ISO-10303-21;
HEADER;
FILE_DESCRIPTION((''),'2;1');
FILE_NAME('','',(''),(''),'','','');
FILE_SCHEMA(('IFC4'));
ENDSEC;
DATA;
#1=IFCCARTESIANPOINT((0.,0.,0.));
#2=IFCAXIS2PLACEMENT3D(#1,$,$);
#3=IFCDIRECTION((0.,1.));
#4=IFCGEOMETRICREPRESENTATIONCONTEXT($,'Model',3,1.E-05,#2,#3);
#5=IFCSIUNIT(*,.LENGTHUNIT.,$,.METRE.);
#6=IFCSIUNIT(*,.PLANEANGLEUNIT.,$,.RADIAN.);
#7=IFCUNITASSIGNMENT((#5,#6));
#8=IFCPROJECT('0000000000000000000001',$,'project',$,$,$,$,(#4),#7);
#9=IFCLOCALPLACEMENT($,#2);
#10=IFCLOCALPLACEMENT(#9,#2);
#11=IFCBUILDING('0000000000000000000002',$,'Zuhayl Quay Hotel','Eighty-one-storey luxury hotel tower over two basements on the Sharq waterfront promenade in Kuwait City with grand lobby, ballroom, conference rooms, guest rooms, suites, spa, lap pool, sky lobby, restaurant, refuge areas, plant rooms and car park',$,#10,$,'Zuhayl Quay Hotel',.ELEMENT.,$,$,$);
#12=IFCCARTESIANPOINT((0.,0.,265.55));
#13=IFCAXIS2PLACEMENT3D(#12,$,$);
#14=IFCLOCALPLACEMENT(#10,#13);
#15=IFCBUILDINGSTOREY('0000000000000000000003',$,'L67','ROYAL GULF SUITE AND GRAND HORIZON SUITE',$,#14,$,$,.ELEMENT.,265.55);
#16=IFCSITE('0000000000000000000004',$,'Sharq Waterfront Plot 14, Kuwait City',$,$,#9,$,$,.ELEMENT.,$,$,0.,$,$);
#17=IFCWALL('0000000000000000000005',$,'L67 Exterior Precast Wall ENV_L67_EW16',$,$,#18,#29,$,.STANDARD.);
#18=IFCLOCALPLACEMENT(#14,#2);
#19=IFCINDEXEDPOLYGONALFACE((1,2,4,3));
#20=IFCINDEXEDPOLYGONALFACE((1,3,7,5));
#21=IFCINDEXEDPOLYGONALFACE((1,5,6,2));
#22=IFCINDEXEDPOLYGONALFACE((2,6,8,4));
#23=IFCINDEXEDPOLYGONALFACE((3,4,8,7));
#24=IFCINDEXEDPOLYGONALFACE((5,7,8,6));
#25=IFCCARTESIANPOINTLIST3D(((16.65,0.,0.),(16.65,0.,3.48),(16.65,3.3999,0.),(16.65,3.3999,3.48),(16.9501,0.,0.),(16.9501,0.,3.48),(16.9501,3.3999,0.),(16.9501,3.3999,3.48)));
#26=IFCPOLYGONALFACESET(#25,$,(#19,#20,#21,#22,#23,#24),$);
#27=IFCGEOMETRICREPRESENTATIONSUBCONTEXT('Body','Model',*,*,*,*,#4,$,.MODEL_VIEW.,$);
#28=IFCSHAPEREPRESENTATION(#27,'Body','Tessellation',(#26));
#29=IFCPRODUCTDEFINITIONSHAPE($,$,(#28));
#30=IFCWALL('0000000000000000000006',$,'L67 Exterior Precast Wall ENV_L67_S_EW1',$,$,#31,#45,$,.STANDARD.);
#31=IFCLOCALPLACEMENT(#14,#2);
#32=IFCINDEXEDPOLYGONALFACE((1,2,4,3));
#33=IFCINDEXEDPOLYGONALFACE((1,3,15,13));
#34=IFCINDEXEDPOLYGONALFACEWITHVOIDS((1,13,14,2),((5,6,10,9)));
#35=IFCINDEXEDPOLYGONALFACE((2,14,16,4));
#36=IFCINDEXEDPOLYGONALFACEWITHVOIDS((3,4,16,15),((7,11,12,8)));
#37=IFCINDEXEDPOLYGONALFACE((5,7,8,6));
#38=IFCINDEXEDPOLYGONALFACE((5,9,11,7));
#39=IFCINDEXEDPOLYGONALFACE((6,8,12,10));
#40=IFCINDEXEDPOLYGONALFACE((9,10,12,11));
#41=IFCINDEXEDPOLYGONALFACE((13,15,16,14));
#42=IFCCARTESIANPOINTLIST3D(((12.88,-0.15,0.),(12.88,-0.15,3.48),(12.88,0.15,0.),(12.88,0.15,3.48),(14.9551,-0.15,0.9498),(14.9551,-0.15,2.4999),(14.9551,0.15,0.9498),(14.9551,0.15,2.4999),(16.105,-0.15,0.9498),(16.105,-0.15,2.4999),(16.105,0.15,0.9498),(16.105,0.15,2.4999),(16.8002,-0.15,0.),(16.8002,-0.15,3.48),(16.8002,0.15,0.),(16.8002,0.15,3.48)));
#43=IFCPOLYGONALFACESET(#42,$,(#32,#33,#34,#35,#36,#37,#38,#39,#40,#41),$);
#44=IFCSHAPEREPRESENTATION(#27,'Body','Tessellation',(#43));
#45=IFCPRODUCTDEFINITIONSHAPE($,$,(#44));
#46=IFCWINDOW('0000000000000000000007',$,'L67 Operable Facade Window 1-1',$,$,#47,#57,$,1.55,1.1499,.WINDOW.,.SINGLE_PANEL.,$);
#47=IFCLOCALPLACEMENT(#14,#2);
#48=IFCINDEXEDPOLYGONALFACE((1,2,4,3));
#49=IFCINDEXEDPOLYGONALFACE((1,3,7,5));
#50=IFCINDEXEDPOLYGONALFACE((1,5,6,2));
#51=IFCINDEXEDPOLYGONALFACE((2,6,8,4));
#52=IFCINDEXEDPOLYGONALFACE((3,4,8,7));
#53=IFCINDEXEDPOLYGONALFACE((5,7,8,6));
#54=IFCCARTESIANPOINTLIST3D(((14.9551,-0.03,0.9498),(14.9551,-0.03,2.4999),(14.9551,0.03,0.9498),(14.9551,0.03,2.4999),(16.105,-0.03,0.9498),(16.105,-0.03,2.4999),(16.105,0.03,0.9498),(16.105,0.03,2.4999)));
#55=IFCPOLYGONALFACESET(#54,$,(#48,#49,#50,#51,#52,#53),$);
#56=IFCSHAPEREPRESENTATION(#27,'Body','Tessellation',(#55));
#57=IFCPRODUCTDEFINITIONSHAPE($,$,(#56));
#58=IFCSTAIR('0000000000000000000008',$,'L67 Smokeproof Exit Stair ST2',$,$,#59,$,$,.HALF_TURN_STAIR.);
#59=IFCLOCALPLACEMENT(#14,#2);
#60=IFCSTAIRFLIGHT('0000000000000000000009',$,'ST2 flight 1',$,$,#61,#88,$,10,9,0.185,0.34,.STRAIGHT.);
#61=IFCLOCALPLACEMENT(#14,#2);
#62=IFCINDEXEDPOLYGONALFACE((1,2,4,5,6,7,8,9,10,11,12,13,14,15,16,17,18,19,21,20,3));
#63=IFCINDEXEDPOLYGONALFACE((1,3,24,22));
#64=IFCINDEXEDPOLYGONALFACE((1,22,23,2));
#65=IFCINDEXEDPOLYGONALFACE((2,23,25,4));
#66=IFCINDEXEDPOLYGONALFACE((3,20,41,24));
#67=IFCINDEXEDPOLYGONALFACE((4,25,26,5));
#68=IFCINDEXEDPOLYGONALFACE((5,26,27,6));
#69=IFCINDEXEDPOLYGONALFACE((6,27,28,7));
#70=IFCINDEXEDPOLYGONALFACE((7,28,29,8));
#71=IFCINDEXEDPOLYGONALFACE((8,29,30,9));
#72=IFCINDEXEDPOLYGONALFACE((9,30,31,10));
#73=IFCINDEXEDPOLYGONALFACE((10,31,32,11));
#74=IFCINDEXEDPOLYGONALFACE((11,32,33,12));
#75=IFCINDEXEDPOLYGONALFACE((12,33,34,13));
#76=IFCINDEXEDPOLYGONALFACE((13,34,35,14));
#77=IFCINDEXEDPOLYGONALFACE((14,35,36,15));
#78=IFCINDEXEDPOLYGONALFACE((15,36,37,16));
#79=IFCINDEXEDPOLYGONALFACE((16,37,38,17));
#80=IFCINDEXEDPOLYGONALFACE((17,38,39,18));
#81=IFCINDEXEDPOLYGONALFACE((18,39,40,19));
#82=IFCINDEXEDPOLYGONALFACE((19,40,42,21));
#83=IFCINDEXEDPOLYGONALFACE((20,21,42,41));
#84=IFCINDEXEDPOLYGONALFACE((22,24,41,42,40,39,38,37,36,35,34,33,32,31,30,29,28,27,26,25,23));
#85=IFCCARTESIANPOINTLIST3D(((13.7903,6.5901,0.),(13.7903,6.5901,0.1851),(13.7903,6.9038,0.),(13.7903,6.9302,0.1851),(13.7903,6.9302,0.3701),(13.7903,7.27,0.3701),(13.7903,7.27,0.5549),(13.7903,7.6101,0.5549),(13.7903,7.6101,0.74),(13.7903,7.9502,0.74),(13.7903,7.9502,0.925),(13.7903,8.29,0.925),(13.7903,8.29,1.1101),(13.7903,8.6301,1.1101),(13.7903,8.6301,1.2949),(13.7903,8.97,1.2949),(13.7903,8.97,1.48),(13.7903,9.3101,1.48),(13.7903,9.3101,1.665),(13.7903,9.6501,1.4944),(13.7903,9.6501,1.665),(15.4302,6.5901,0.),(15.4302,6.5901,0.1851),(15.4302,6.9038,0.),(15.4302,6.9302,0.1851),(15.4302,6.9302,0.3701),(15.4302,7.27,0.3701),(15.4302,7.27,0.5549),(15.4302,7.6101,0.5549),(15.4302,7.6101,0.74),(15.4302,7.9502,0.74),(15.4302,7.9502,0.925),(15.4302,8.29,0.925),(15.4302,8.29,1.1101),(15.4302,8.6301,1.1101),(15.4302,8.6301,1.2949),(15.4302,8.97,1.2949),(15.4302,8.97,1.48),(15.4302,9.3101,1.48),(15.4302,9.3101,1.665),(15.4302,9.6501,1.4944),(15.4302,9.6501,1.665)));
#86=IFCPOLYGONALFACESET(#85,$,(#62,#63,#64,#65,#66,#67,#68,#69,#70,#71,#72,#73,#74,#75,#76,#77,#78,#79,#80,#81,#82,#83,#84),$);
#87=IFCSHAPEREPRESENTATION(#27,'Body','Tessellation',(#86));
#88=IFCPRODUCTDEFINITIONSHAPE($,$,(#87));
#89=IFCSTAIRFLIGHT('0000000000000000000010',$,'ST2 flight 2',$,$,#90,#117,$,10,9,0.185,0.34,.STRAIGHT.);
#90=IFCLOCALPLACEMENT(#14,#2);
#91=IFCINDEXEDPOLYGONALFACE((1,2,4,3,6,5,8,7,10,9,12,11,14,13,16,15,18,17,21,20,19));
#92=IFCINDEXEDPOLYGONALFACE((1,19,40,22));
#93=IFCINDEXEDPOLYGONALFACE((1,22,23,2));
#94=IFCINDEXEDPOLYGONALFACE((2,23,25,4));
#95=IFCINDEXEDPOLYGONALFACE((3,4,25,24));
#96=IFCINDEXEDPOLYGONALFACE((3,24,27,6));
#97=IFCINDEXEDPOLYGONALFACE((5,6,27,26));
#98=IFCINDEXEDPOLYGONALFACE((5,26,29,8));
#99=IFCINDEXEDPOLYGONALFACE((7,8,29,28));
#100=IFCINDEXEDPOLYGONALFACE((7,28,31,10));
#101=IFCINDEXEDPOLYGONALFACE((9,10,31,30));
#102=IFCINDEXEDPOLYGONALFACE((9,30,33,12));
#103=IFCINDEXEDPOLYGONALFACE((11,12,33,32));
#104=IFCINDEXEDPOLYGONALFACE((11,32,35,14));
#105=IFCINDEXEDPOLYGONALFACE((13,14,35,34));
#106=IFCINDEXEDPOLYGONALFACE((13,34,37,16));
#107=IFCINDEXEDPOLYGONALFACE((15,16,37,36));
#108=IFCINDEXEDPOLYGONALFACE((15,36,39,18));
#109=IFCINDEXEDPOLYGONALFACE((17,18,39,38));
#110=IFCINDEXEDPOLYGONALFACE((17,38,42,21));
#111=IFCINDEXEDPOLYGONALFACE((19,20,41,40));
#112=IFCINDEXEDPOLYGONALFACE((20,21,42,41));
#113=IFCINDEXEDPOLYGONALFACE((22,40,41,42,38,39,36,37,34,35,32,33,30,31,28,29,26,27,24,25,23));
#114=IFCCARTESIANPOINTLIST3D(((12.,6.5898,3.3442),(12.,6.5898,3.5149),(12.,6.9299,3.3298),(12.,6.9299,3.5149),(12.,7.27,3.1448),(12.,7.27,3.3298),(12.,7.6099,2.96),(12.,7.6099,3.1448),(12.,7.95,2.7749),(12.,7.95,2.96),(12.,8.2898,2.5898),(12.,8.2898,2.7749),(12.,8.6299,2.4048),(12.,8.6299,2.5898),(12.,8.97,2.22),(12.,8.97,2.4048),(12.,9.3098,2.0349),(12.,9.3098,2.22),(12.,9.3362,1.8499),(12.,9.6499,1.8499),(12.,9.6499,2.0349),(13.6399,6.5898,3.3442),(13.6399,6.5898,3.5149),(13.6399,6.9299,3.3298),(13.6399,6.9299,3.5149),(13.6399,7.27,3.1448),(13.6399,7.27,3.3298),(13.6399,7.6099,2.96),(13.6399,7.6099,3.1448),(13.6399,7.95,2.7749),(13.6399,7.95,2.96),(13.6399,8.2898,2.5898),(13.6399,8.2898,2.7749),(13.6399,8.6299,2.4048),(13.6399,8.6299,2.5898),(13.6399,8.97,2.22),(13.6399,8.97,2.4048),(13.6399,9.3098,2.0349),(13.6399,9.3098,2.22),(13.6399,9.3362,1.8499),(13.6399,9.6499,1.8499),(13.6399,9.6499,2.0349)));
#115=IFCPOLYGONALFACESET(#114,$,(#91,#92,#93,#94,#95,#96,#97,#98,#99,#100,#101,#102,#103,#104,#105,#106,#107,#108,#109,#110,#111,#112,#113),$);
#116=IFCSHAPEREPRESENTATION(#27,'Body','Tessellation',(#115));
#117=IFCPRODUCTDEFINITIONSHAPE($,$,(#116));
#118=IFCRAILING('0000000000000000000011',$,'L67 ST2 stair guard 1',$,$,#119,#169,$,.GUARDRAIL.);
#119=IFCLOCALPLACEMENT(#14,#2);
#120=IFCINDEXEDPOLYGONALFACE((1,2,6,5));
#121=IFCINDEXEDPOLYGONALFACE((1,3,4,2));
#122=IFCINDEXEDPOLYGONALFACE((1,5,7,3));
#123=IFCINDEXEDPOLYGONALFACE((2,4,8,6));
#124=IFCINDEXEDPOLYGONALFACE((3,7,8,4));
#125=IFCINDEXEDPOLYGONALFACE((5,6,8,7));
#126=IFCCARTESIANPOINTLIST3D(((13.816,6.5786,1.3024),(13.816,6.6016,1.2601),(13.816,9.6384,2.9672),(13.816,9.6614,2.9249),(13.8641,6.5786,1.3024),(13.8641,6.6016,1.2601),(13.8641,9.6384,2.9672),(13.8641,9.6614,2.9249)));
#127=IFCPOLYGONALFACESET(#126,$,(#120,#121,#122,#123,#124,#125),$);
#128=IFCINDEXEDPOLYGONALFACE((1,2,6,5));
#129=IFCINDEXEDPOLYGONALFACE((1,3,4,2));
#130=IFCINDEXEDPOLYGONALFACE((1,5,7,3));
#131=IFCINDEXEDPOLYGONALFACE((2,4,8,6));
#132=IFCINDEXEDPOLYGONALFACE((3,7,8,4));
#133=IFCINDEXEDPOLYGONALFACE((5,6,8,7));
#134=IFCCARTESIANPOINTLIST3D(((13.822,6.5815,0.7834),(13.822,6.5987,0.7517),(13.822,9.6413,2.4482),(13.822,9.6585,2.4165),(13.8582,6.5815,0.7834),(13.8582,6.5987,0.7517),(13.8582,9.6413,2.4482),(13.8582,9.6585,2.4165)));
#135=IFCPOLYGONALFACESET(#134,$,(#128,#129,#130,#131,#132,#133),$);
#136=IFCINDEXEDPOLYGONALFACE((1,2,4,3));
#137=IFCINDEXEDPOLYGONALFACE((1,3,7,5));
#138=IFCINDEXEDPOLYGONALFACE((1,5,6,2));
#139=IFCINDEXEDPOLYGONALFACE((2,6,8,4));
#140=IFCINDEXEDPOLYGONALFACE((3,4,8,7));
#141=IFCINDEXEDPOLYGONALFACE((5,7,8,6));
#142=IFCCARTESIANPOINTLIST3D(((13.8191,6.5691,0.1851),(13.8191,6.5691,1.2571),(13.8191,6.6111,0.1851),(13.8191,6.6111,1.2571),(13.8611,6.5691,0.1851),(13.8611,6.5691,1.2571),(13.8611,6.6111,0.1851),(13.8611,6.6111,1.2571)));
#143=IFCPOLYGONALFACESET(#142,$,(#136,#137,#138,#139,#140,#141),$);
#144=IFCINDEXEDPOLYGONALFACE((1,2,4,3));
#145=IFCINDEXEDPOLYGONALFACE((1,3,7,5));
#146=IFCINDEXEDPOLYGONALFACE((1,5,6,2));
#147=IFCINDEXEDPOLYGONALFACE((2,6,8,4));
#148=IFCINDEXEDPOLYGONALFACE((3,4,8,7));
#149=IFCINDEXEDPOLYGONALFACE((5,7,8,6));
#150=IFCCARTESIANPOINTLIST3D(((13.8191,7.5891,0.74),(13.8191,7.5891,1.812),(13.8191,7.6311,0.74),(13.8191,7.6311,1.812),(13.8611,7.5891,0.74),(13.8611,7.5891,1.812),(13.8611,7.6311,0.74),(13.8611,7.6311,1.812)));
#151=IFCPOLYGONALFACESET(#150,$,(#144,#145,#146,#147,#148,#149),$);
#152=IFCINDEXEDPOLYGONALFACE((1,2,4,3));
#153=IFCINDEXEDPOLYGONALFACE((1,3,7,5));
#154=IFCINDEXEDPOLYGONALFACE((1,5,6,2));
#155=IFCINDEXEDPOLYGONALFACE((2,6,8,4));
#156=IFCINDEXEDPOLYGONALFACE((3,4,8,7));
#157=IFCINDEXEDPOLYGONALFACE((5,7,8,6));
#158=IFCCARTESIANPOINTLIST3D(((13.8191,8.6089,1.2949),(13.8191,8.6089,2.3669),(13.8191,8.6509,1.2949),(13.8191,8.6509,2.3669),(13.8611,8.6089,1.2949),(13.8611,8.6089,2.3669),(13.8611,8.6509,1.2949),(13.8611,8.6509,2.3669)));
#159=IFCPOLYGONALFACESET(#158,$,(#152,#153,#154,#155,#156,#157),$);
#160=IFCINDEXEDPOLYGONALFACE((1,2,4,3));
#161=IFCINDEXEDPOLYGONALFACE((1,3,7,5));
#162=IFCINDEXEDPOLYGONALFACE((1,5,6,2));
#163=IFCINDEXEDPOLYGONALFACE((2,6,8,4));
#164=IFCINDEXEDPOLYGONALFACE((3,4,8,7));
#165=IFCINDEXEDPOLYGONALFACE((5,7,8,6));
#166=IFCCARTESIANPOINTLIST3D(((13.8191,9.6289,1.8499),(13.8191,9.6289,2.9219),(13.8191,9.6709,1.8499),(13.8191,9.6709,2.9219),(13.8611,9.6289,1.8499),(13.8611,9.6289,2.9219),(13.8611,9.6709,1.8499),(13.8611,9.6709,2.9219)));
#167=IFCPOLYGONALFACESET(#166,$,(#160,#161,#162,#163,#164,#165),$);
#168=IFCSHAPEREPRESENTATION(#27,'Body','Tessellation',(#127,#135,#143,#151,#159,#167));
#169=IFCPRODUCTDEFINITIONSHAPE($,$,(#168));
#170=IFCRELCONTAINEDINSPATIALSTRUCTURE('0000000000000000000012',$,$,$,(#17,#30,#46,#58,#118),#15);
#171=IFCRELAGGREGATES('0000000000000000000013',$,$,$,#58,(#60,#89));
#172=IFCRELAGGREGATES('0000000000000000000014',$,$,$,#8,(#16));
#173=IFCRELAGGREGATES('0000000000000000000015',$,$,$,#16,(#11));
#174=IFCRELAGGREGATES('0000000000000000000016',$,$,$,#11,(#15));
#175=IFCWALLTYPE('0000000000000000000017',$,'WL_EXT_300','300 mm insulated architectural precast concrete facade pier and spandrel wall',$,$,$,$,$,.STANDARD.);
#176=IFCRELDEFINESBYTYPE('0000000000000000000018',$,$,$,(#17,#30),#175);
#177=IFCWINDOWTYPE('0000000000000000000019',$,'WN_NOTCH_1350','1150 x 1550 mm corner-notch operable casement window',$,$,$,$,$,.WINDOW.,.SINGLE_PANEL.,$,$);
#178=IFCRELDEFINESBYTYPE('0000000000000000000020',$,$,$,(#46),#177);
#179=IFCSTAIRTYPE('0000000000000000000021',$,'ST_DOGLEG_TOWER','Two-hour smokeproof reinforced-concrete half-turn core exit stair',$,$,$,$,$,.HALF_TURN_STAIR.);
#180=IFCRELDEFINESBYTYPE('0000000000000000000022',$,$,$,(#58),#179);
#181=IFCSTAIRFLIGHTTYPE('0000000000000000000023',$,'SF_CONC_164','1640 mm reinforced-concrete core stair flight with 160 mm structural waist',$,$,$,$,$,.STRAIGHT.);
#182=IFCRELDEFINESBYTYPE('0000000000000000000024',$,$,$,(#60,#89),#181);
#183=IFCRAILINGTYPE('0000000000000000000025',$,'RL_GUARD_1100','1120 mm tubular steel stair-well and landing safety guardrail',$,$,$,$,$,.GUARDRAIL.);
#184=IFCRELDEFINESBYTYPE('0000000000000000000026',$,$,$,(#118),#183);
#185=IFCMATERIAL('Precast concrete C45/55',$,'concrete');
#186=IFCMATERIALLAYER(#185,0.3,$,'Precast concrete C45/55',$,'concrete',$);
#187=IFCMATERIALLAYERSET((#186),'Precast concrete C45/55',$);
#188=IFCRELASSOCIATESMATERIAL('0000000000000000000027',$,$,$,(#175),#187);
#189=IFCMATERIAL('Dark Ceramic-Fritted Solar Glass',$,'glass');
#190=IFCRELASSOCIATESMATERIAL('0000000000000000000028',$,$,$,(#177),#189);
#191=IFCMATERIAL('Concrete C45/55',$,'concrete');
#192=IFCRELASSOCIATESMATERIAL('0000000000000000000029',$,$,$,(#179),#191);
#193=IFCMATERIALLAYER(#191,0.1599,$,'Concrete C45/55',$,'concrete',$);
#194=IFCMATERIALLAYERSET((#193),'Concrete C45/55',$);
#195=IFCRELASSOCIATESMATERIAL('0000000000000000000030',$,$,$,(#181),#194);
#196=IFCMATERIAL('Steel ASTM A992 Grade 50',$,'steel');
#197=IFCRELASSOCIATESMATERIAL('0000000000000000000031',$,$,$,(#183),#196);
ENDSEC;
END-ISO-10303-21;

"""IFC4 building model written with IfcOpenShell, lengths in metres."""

from ifc_helpers import new_model, si_unit, direction, frame, frame_2d, origin, origin_2d, place, context, subcontext, project, spatial, polyline, rectangle, outline, extrude, material, layer, layer_set, type_object, element, fill, aggregate, save


model = new_model("IFC4")

# Units and contexts
model_context = context("Model", 3, precision=1e-05, world=origin(), true_north=direction((0.0, 1.0)))
body_context = subcontext(model_context, "Body", "Model", "MODEL_VIEW")
ifc_project = project(units=[si_unit("LENGTHUNIT", "METRE"), si_unit("PLANEANGLEUNIT", "RADIAN")], contexts=[model_context])

# Site, building, storey
site_placement = place(None, origin())
site = spatial("IfcSite", under=ifc_project, at=site_placement, Name="Sharq Waterfront Plot 14, Kuwait City", CompositionType="ELEMENT", RefElevation=0.0)
building_placement = place(site_placement, origin())
building = spatial("IfcBuilding", under=site, at=building_placement, Name="Zuhayl Quay Hotel", Description="Eighty-one-storey luxury hotel tower over two basements on the Sharq waterfront promenade in Kuwait City with grand lobby, ballroom, conference rooms, guest rooms, suites, spa, lap pool, sky lobby, restaurant, refuge areas, plant rooms and car park", LongName="Zuhayl Quay Hotel", CompositionType="ELEMENT")
storey_placement = place(building_placement, frame((0.0, 0.0, 265.55)))
storey = spatial("IfcBuildingStorey", under=building, at=storey_placement, Name="L67", Description="ROYAL GULF SUITE AND GRAND HORIZON SUITE", CompositionType="ELEMENT", Elevation=265.55)

# Shared definitions
ifc_material_1 = material(Name="Steel ASTM A992 Grade 50", Category="steel")

# Shared definitions
ifc_material_2 = material(Name="Dark Ceramic-Fritted Solar Glass", Category="glass")

# Wall
ifc_material_3 = material(Name="Precast concrete C45/55", Category="concrete")
ifc_layer_1 = layer(ifc_material_3, 0.3, Name="Precast concrete C45/55", Category="concrete")
ifc_layer_set_1 = layer_set([ifc_layer_1], Name="Precast concrete C45/55")
wall_type_1 = type_object("IfcWallType", Name="WL_EXT_300", Description="300 mm insulated architectural precast concrete facade pier and spandrel wall", PredefinedType="STANDARD", material=ifc_layer_set_1)
for number, where, z_axis, x_axis, name in (
    (1, (16.8, 3.3999, 0.0), (0.0, 0.0, 1.0), (0.0, -1.0, 0.0), "L67 Exterior Precast Wall ENV_L67_EW16"),
):
    element("IfcWall", number, at=place(storey_placement, frame(where, z_axis=z_axis, x_axis=x_axis)), inside=storey, type_object=wall_type_1, Name=name, PredefinedType="STANDARD", context=body_context, shape_type="SweptSolid", body=[
        extrude(rectangle(XDim=3.3999, YDim=0.3, at=frame_2d((1.7, 0.0))), origin(), (0.0, 0.0, 1.0), 3.48),
    ])

# Wall, opening, window
wall_1_placement = place(storey_placement, frame((16.8, 0.0, 0.0), z_axis=(0.0, 0.0, 1.0), x_axis=(-1.0, 0.0, 0.0)))
wall_1 = element("IfcWall", 2, at=wall_1_placement, inside=storey, type_object=wall_type_1, Name="L67 Exterior Precast Wall ENV_L67_S_EW1", PredefinedType="STANDARD", context=body_context, shape_type="SweptSolid", body=[
    extrude(rectangle(XDim=3.9202, YDim=0.3, at=frame_2d((1.96, 0.0))), origin(), (0.0, 0.0, 1.0), 3.48),
])
opening_1_placement = place(wall_1_placement, frame((0.6951, 0.0, 0.95)))
opening_1 = element("IfcOpeningElement", 3, at=opening_1_placement, cuts=wall_1, PredefinedType="OPENING", context=body_context, shape_type="SweptSolid", body=[
    extrude(rectangle(XDim=1.1499, YDim=1.55, at=frame_2d((0.575, 0.7749))), frame((0.0, 0.1599, 0.0), z_axis=(0.0, -1.0, 0.0), x_axis=(1.0, 0.0, 0.0)), (0.0, 0.0, 1.0), 0.3201),
])
window_type = type_object("IfcWindowType", Name="WN_NOTCH_1350", Description="1150 x 1550 mm corner-notch operable casement window", PartitioningType="SINGLE_PANEL", PredefinedType="WINDOW", material=ifc_material_2)
window_placement = place(opening_1_placement, origin())
window = element("IfcWindow", 4, at=window_placement, inside=storey, type_object=window_type, Name="L67 Operable Facade Window 1-1", OverallHeight=1.55, OverallWidth=1.1499, PartitioningType="SINGLE_PANEL", PredefinedType="WINDOW", context=body_context, shape_type="SweptSolid", body=[
    extrude(rectangle(XDim=1.1499, YDim=1.55, at=frame_2d((0.575, 0.7749))), frame((0.0, 0.03, 0.0), z_axis=(0.0, -1.0, 0.0), x_axis=(1.0, 0.0, 0.0)), (0.0, 0.0, 1.0), 0.0601),
])
fill(opening_1, window)

# Stair, stair flights
ifc_material_4 = material(Name="Concrete C45/55", Category="concrete")
stair_type = type_object("IfcStairType", Name="ST_DOGLEG_TOWER", Description="Two-hour smokeproof reinforced-concrete half-turn core exit stair", PredefinedType="HALF_TURN_STAIR", material=ifc_material_4)
stair_placement = place(storey_placement, origin())
stair = element("IfcStair", 5, at=stair_placement, inside=storey, type_object=stair_type, Name="L67 Smokeproof Exit Stair ST2", PredefinedType="HALF_TURN_STAIR")
ifc_layer_2 = layer(ifc_material_4, 0.1599, Name="Concrete C45/55", Category="concrete")
ifc_layer_set_2 = layer_set([ifc_layer_2], Name="Concrete C45/55")
stair_flight_type = type_object("IfcStairFlightType", Name="SF_CONC_164", Description="1640 mm reinforced-concrete core stair flight with 160 mm structural waist", PredefinedType="STRAIGHT", material=ifc_layer_set_2)
stair_flight_1_placement = place(storey_placement, frame((14.6101, 6.5901, 0.0), z_axis=(0.0, 0.0, 1.0), x_axis=(0.0, 1.0, 0.0)))
stair_flight_1 = element("IfcStairFlight", 6, at=stair_flight_1_placement, type_object=stair_flight_type, Name="ST2 flight 1", NumberOfRisers=10, NumberOfTreads=9, PredefinedType="STRAIGHT", RiserHeight=0.185, TreadLength=0.34, context=body_context, shape_type="SweptSolid", body=[
    extrude(outline(polyline([(0.0, 0.0), (0.0, 0.1851), (0.3401, 0.1851), (0.3401, 0.3701), (0.6799, 0.3701), (0.6799, 0.5549), (1.02, 0.5549), (1.02, 0.74), (1.3601, 0.74), (1.3601, 0.925), (1.7, 0.925), (1.7, 1.1101), (2.04, 1.1101), (2.04, 1.2949), (2.3799, 1.2949), (2.3799, 1.48), (2.72, 1.48), (2.72, 1.665), (3.0601, 1.665), (3.0601, 1.8501), (3.0601, 1.4944), (0.3137, 0.0), (0.0, 0.0)])), frame((0.0, 0.8198, 0.0), z_axis=(0.0, -1.0, 0.0), x_axis=(1.0, 0.0, 0.0)), (0.0, 0.0, 1.0), 1.6399),
])
stair_flight_2_placement = place(storey_placement, frame((12.8201, 9.6499, 1.8499), z_axis=(0.0, 0.0, 1.0), x_axis=(0.0, -1.0, 0.0)))
stair_flight_2 = element("IfcStairFlight", 7, at=stair_flight_2_placement, type_object=stair_flight_type, Name="ST2 flight 2", NumberOfRisers=10, NumberOfTreads=9, PredefinedType="STRAIGHT", RiserHeight=0.185, TreadLength=0.34, context=body_context, shape_type="SweptSolid", body=[
    extrude(outline(polyline([(0.0, 0.0), (0.0, 0.1851), (0.3401, 0.1851), (0.3401, 0.3701), (0.6799, 0.3701), (0.6799, 0.5549), (1.02, 0.5549), (1.02, 0.74), (1.3601, 0.74), (1.3601, 0.925), (1.7, 0.925), (1.7, 1.1101), (2.04, 1.1101), (2.04, 1.2949), (2.3799, 1.2949), (2.3799, 1.48), (2.72, 1.48), (2.72, 1.665), (3.0601, 1.665), (3.0601, 1.8501), (3.0601, 1.4944), (0.3137, 0.0), (0.0, 0.0)])), frame((0.0, 0.8198, 0.0), z_axis=(0.0, -1.0, 0.0), x_axis=(1.0, 0.0, 0.0)), (0.0, 0.0, 1.0), 1.6399),
])
aggregate(stair, [stair_flight_1, stair_flight_2])

# Railing
railing_type_1 = type_object("IfcRailingType", Name="RL_GUARD_1100", Description="1120 mm tubular steel stair-well and landing safety guardrail", PredefinedType="GUARDRAIL", material=ifc_material_1)
railing_1_placement = place(storey_placement, frame((13.8401, 6.5901, 0.1851)))
element("IfcRailing", 8, at=railing_1_placement, inside=storey, type_object=railing_type_1, Name="L67 ST2 stair guard 1", PredefinedType="GUARDRAIL", context=body_context, shape_type="SweptSolid", body=[
    extrude(rectangle(XDim=0.0481, YDim=0.0481, at=origin_2d()), frame((0.0, 0.0, 1.0962), z_axis=(0.0, 0.878401, 0.477924), x_axis=(-1.0, 0.0, 0.0)), (0.0, 0.0, 1.0), 3.4834),
    extrude(rectangle(XDim=0.0361, YDim=0.0361, at=origin_2d()), frame((0.0, 0.0, 0.5825), z_axis=(0.0, 0.878401, 0.477924), x_axis=(-1.0, 0.0, 0.0)), (0.0, 0.0, 1.0), 3.4834),
    extrude(rectangle(XDim=0.042, YDim=0.042, at=origin_2d()), origin(), (0.0, 0.0, 1.0), 1.072),
    extrude(rectangle(XDim=0.042, YDim=0.042, at=origin_2d()), frame((0.0, 1.02, 0.5549)), (0.0, 0.0, 1.0), 1.072),
    extrude(rectangle(XDim=0.042, YDim=0.042, at=origin_2d()), frame((0.0, 2.0398, 1.1099)), (0.0, 0.0, 1.0), 1.072),
    extrude(rectangle(XDim=0.042, YDim=0.042, at=origin_2d()), frame((0.0, 3.0598, 1.6648)), (0.0, 0.0, 1.0), 1.072),
])

save(model, "model.ifc")
